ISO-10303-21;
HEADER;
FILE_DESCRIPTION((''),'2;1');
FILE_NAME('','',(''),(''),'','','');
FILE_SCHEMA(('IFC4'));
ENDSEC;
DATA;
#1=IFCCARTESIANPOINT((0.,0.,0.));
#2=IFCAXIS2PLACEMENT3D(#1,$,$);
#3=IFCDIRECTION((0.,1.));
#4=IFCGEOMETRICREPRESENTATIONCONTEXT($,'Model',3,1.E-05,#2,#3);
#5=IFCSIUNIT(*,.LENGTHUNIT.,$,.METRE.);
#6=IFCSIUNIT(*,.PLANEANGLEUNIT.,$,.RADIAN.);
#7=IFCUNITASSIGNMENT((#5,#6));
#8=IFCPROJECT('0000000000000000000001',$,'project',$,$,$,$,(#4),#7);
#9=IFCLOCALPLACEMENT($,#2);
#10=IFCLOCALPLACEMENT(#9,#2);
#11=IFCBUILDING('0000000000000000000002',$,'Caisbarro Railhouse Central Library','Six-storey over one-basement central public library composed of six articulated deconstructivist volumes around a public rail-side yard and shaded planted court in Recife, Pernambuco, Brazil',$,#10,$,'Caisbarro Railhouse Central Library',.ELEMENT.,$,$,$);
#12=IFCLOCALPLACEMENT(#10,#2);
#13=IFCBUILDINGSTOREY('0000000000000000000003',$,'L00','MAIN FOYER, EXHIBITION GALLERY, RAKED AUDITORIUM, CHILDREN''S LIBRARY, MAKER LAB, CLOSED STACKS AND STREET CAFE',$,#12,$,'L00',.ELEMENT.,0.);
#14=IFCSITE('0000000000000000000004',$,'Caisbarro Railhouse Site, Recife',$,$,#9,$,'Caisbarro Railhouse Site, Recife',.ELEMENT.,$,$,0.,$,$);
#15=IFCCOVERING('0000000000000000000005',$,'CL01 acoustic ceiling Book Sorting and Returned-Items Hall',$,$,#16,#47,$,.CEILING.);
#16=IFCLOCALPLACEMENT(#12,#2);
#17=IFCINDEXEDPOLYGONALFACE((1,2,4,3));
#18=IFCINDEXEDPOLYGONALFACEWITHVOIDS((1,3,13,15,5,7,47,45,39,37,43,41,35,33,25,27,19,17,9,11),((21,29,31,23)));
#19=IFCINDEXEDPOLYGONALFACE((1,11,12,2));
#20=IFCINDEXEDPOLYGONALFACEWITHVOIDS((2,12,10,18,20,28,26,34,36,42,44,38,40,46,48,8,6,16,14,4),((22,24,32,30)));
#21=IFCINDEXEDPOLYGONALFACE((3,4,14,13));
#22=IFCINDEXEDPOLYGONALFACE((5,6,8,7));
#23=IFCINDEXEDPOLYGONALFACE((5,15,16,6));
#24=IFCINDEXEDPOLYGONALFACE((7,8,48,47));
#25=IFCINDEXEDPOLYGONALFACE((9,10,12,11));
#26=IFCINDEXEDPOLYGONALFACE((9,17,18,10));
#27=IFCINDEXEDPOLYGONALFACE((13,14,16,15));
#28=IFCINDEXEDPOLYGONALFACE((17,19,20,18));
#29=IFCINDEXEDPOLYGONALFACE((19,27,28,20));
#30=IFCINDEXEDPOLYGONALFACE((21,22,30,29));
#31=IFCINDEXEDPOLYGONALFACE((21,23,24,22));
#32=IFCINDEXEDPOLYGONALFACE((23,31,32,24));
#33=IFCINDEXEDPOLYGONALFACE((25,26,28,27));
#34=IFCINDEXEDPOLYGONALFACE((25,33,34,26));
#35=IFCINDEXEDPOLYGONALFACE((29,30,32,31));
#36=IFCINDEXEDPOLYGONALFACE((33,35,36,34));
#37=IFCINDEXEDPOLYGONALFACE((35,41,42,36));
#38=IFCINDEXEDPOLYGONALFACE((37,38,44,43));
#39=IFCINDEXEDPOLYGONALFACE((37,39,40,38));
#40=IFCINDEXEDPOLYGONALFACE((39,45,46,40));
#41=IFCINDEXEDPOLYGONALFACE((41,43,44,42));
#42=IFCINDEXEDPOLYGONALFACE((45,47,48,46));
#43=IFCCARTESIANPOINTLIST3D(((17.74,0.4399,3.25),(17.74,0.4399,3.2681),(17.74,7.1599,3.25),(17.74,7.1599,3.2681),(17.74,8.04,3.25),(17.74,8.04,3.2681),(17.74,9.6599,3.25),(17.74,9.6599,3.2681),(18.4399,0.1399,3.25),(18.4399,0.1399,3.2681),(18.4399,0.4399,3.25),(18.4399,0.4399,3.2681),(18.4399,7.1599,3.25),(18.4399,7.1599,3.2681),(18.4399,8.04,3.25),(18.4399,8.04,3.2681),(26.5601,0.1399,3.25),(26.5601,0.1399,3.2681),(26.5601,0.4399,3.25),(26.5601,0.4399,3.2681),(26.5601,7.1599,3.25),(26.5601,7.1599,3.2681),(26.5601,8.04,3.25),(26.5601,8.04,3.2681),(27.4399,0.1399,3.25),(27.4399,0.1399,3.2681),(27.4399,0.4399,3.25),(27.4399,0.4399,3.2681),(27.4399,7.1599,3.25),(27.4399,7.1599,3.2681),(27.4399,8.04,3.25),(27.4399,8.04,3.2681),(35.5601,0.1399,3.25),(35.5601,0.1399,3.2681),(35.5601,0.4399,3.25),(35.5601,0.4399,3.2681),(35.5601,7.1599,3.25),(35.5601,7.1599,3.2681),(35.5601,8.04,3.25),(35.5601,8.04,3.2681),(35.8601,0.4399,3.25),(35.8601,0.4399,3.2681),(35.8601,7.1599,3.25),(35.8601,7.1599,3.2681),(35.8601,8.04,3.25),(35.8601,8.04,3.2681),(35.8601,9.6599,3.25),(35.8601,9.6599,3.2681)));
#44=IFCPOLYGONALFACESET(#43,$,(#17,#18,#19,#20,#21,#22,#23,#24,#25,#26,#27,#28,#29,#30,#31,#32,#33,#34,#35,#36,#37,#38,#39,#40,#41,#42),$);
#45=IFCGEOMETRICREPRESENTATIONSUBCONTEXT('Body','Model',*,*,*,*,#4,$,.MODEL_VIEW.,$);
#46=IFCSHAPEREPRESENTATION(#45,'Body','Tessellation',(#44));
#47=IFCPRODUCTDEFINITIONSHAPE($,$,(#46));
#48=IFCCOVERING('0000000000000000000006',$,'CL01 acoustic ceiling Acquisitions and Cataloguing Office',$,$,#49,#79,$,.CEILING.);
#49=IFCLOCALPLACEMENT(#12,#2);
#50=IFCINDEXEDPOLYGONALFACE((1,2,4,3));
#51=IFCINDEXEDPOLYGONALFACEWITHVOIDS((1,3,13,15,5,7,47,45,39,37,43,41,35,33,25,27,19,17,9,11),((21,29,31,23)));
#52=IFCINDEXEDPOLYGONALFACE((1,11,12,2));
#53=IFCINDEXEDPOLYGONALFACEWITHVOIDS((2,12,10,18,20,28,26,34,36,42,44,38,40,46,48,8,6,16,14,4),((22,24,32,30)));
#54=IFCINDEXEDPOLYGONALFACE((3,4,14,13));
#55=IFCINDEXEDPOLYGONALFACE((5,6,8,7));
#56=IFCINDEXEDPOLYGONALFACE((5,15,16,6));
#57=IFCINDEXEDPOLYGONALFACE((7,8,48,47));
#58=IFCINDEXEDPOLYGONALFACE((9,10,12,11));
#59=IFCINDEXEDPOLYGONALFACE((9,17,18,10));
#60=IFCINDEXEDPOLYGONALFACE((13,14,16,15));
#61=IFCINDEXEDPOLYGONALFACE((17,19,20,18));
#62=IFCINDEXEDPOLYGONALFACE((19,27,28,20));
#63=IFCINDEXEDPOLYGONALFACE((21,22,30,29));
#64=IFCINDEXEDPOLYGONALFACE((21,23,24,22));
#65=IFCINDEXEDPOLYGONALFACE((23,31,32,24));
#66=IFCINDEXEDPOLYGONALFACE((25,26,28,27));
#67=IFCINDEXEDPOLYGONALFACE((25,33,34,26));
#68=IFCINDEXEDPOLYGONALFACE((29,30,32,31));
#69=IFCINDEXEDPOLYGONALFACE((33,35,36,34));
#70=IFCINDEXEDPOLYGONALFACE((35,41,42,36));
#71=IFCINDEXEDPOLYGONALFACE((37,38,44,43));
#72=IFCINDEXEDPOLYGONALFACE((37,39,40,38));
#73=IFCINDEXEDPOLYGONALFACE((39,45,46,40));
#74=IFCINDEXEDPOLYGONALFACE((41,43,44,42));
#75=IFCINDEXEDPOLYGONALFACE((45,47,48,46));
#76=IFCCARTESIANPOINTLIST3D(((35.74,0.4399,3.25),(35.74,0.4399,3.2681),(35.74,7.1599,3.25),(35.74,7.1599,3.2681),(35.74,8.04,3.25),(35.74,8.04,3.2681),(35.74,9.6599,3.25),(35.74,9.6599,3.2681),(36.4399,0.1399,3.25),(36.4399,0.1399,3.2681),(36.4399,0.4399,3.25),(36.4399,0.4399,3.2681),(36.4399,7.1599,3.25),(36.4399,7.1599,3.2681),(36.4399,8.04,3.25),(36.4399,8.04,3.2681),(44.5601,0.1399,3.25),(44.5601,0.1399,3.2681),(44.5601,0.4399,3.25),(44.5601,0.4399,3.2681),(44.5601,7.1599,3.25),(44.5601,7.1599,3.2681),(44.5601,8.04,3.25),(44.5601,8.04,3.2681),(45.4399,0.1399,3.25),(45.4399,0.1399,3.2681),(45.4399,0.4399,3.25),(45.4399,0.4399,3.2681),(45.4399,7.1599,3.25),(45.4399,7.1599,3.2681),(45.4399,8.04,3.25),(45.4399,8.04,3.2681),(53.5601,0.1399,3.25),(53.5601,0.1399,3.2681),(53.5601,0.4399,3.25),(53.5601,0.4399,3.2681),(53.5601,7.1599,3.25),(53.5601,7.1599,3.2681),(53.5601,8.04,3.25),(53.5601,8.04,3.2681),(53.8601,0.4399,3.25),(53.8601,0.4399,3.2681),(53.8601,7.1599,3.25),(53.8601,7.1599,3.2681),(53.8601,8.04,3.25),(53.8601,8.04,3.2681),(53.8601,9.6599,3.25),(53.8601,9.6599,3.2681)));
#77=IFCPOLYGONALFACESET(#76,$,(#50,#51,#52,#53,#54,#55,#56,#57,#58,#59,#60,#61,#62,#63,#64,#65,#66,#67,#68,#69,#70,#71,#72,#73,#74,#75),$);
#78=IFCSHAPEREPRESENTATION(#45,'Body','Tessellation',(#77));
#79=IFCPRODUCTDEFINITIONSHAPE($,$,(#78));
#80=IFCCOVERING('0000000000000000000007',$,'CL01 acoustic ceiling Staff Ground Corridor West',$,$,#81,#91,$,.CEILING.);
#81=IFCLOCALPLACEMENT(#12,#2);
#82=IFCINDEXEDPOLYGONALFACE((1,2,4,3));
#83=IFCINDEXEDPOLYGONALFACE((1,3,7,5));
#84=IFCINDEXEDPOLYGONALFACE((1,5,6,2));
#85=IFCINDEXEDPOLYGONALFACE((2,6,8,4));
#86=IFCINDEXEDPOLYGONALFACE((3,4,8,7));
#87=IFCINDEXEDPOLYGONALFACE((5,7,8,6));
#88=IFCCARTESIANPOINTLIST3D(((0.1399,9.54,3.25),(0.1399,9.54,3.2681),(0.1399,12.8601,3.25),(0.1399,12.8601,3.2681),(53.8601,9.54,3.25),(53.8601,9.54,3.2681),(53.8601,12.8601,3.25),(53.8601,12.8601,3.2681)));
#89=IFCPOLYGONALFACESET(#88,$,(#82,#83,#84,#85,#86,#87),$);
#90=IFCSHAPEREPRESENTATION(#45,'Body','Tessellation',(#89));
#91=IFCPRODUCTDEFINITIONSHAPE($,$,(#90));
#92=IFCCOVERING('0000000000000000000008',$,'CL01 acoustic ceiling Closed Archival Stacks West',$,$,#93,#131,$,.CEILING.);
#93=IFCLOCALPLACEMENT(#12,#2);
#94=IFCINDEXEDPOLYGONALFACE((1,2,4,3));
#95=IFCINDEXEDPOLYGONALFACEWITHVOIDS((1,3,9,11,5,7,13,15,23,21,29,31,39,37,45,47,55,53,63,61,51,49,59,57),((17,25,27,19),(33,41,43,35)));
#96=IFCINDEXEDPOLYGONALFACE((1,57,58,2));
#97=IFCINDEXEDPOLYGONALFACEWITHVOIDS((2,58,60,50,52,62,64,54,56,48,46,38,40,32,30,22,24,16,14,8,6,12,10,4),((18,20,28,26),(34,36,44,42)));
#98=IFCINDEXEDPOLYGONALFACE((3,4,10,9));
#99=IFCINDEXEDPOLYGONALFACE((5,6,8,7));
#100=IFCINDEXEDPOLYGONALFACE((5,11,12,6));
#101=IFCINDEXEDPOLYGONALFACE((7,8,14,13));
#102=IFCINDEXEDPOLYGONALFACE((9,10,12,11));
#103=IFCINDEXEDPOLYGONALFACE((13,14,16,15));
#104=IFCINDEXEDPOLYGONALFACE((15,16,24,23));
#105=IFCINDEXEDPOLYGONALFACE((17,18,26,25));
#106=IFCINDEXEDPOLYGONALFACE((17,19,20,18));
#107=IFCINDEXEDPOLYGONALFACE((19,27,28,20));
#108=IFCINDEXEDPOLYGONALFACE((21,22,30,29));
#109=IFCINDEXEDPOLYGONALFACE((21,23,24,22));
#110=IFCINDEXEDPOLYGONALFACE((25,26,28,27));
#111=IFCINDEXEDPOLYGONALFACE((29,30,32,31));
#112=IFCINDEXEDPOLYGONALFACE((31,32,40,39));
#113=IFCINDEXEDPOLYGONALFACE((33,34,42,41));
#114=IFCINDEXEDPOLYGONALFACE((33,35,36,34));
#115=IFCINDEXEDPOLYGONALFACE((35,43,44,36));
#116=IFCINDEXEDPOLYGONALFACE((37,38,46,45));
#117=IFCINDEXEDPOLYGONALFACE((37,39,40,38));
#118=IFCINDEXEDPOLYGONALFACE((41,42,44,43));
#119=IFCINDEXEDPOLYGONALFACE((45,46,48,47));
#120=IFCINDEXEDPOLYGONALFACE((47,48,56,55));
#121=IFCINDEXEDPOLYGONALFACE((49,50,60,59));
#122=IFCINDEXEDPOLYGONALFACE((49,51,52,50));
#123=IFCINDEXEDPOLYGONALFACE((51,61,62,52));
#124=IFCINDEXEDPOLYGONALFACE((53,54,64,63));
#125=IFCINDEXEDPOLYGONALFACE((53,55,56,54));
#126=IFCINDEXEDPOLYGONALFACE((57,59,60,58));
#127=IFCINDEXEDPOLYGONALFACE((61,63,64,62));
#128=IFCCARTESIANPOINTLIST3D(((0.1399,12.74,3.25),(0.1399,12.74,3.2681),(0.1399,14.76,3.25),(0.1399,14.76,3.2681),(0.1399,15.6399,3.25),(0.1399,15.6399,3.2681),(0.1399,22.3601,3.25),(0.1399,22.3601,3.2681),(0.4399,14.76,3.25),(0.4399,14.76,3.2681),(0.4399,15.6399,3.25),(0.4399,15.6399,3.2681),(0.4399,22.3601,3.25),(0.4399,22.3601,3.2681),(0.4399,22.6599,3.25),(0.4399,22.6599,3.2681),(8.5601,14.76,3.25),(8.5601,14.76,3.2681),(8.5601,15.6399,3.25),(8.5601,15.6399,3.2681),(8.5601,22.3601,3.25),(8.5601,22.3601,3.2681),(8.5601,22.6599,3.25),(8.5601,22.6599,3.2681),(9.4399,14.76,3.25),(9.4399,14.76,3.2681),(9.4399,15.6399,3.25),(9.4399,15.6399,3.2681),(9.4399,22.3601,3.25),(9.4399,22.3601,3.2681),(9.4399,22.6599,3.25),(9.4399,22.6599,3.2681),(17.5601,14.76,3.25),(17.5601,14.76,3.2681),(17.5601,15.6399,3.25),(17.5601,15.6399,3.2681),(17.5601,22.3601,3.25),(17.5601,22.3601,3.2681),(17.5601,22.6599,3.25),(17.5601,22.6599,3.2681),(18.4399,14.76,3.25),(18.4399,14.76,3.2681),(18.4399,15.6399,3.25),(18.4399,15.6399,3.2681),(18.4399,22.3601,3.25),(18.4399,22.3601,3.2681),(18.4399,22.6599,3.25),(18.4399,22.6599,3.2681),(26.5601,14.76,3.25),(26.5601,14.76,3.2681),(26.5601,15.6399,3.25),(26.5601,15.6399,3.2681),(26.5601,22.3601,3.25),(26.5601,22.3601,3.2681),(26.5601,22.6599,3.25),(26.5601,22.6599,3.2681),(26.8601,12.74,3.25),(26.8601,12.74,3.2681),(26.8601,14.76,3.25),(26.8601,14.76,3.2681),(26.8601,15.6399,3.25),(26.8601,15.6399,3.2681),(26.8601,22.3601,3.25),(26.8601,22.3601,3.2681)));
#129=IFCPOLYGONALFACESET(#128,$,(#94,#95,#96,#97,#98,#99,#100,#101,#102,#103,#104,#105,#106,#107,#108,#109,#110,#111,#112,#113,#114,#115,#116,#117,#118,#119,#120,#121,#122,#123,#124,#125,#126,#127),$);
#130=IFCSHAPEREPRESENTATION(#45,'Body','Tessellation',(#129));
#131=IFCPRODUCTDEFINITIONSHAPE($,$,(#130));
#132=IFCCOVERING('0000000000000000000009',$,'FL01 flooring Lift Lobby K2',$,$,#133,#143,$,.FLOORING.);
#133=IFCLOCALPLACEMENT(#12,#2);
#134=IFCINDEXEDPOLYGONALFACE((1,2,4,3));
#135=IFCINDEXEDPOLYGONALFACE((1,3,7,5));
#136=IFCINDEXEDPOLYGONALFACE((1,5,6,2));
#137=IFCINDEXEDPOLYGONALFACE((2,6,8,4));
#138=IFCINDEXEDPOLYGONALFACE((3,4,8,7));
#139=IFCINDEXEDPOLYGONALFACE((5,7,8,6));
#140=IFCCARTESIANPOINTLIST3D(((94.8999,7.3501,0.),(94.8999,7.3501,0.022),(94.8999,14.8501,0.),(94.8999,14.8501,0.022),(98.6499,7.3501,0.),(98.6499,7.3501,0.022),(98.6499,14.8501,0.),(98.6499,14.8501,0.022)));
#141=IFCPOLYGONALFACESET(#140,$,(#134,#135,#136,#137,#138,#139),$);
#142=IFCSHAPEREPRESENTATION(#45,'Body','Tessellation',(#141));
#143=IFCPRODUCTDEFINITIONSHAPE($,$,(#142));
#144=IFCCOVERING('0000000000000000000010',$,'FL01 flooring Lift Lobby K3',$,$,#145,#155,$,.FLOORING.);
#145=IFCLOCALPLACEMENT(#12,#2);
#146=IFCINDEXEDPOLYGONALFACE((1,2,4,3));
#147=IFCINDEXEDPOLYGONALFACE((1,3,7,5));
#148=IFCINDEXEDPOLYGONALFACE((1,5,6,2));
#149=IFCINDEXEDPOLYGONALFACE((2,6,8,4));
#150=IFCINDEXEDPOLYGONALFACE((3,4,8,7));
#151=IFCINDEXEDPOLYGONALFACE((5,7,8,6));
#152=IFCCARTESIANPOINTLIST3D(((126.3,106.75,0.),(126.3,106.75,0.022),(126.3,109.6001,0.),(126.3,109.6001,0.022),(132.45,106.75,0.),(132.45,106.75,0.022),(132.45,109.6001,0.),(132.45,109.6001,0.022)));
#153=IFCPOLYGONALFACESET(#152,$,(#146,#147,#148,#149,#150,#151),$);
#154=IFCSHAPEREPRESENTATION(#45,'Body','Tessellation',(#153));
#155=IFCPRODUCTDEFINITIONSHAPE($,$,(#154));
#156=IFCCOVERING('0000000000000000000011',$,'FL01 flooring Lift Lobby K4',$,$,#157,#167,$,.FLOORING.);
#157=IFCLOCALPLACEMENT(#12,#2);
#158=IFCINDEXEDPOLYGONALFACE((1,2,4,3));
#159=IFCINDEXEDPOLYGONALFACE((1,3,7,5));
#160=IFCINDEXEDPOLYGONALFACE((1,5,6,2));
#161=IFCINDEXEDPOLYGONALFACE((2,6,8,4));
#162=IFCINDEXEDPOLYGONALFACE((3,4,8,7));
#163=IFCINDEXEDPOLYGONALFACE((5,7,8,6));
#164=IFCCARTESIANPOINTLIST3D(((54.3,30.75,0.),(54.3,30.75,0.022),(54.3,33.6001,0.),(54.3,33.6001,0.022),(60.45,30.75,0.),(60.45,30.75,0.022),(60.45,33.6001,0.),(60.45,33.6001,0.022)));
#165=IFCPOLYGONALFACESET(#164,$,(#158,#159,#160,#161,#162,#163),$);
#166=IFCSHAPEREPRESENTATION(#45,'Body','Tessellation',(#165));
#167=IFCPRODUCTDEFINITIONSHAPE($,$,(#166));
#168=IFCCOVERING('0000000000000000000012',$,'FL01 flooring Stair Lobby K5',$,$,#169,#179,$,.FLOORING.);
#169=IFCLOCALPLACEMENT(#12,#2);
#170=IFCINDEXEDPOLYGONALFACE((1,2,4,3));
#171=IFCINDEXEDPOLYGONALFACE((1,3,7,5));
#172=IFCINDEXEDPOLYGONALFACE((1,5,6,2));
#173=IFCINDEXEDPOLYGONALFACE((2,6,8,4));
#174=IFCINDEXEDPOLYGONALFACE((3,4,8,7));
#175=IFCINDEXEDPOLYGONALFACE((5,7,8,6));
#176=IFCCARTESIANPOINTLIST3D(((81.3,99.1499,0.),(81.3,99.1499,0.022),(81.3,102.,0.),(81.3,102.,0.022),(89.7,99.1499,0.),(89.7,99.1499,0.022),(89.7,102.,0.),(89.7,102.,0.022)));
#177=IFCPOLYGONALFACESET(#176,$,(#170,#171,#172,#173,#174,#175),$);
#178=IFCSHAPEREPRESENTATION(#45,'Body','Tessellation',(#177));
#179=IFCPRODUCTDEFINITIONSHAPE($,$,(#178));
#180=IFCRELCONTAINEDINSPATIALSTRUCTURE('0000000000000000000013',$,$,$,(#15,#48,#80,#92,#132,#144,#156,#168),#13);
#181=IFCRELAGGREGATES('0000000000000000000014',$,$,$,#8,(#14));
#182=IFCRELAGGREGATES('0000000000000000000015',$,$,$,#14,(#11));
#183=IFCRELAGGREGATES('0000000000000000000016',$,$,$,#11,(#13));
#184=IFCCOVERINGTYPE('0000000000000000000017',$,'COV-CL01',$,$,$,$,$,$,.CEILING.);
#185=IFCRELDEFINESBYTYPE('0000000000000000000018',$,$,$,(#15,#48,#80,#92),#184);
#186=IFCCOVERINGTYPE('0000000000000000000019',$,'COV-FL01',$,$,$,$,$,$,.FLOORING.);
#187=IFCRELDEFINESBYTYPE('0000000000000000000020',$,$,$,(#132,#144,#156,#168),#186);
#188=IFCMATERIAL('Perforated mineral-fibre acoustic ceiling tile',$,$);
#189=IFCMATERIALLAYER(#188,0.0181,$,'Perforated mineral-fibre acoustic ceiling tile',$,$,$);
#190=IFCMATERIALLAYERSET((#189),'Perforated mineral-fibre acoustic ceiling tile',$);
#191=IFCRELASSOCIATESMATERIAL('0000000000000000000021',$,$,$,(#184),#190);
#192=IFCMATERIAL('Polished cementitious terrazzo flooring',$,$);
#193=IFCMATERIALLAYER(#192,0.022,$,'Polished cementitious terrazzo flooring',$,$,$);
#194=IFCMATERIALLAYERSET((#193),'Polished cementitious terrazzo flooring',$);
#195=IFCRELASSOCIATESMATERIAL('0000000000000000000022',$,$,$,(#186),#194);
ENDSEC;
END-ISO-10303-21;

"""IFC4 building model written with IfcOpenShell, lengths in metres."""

from ifc_helpers import new_model, si_unit, direction, frame, origin, place, context, subcontext, project, spatial, polyline, outline, extrude, material, layer, layer_set, type_object, element, save


model = new_model("IFC4")

# Units and contexts
model_context = context("Model", 3, precision=1e-05, world=origin(), true_north=direction((0.0, 1.0)))
body_context = subcontext(model_context, "Body", "Model", "MODEL_VIEW")
ifc_project = project(units=[si_unit("LENGTHUNIT", "METRE"), si_unit("PLANEANGLEUNIT", "RADIAN")], contexts=[model_context])

# Site, building, storey
site_placement = place(None, origin())
site = spatial("IfcSite", under=ifc_project, at=site_placement, Name="Caisbarro Railhouse Site, Recife", LongName="Caisbarro Railhouse Site, Recife", CompositionType="ELEMENT", RefElevation=0.0)
building_placement = place(site_placement, origin())
building = spatial("IfcBuilding", under=site, at=building_placement, Name="Caisbarro Railhouse Central Library", Description="Six-storey over one-basement central public library composed of six articulated deconstructivist volumes around a public rail-side yard and shaded planted court in Recife, Pernambuco, Brazil", LongName="Caisbarro Railhouse Central Library", CompositionType="ELEMENT")
storey_placement = place(building_placement, origin())
storey = spatial("IfcBuildingStorey", under=building, at=storey_placement, Name="L00", Description="MAIN FOYER, EXHIBITION GALLERY, RAKED AUDITORIUM, CHILDREN'S LIBRARY, MAKER LAB, CLOSED STACKS AND STREET CAFE", LongName="L00", CompositionType="ELEMENT", Elevation=0.0)

# Coverings
ifc_material_1 = material(Name="Perforated mineral-fibre acoustic ceiling tile")
ifc_layer_1 = layer(ifc_material_1, 0.0181, Name="Perforated mineral-fibre acoustic ceiling tile")
ifc_layer_set_1 = layer_set([ifc_layer_1], Name="Perforated mineral-fibre acoustic ceiling tile")
covering_type_1 = type_object("IfcCoveringType", Name="COV-CL01", PredefinedType="CEILING", material=ifc_layer_set_1)
covering_1_placement = place(storey_placement, frame((0.0, 0.0, 3.25)))
element("IfcCovering", 1, at=covering_1_placement, inside=storey, type_object=covering_type_1, Name="CL01 acoustic ceiling Book Sorting and Returned-Items Hall", PredefinedType="CEILING", context=body_context, shape_type="SweptSolid", body=[
    extrude(outline(polyline([(26.5601, 0.4399), (26.5601, 0.1399), (18.4399, 0.1399), (18.4399, 0.4399), (17.74, 0.4399), (17.74, 7.1599), (18.4399, 7.1599), (18.4399, 8.04), (17.74, 8.04), (17.74, 9.6599), (35.8601, 9.6599), (35.8601, 8.04), (35.5601, 8.04), (35.5601, 7.1599), (35.8601, 7.1599), (35.8601, 0.4399), (35.5601, 0.4399), (35.5601, 0.1399), (27.4399, 0.1399), (27.4399, 0.4399), (26.5601, 0.4399)]), holes=[polyline([(26.5601, 7.1599), (27.4399, 7.1599), (27.4399, 8.04), (26.5601, 8.04), (26.5601, 7.1599)])]), origin(), (0.0, 0.0, 1.0), 0.0181),
])
covering_2_placement = place(storey_placement, frame((0.0, 0.0, 3.25)))
element("IfcCovering", 2, at=covering_2_placement, inside=storey, type_object=covering_type_1, Name="CL01 acoustic ceiling Acquisitions and Cataloguing Office", PredefinedType="CEILING", context=body_context, shape_type="SweptSolid", body=[
    extrude(outline(polyline([(44.5601, 0.4399), (44.5601, 0.1399), (36.4399, 0.1399), (36.4399, 0.4399), (35.74, 0.4399), (35.74, 7.1599), (36.4399, 7.1599), (36.4399, 8.04), (35.74, 8.04), (35.74, 9.6599), (53.8601, 9.6599), (53.8601, 8.04), (53.5601, 8.04), (53.5601, 7.1599), (53.8601, 7.1599), (53.8601, 0.4399), (53.5601, 0.4399), (53.5601, 0.1399), (45.4399, 0.1399), (45.4399, 0.4399), (44.5601, 0.4399)]), holes=[polyline([(44.5601, 7.1599), (45.4399, 7.1599), (45.4399, 8.04), (44.5601, 8.04), (44.5601, 7.1599)])]), origin(), (0.0, 0.0, 1.0), 0.0181),
])
covering_3_placement = place(storey_placement, frame((0.0, 0.0, 3.25)))
element("IfcCovering", 3, at=covering_3_placement, inside=storey, type_object=covering_type_1, Name="CL01 acoustic ceiling Staff Ground Corridor West", PredefinedType="CEILING", context=body_context, shape_type="SweptSolid", body=[
    extrude(outline(polyline([(0.1399, 9.54), (0.1399, 12.8601), (53.8601, 12.8601), (53.8601, 9.54), (0.1399, 9.54)])), origin(), (0.0, 0.0, 1.0), 0.0181),
])
covering_4_placement = place(storey_placement, frame((0.0, 0.0, 3.25)))
element("IfcCovering", 4, at=covering_4_placement, inside=storey, type_object=covering_type_1, Name="CL01 acoustic ceiling Closed Archival Stacks West", PredefinedType="CEILING", context=body_context, shape_type="SweptSolid", body=[
    extrude(outline(polyline([(8.5601, 22.6599), (8.5601, 22.3601), (9.4399, 22.3601), (9.4399, 22.6599), (17.5601, 22.6599), (17.5601, 22.3601), (18.4399, 22.3601), (18.4399, 22.6599), (26.5601, 22.6599), (26.5601, 22.3601), (26.8601, 22.3601), (26.8601, 15.6399), (26.5601, 15.6399), (26.5601, 14.76), (26.8601, 14.76), (26.8601, 12.74), (0.1399, 12.74), (0.1399, 14.76), (0.4399, 14.76), (0.4399, 15.6399), (0.1399, 15.6399), (0.1399, 22.3601), (0.4399, 22.3601), (0.4399, 22.6599), (8.5601, 22.6599)]), holes=[polyline([(8.5601, 15.6399), (8.5601, 14.76), (9.4399, 14.76), (9.4399, 15.6399), (8.5601, 15.6399)]), polyline([(18.4399, 14.76), (18.4399, 15.6399), (17.5601, 15.6399), (17.5601, 14.76), (18.4399, 14.76)])]), origin(), (0.0, 0.0, 1.0), 0.0181),
])
ifc_material_2 = material(Name="Polished cementitious terrazzo flooring")
ifc_layer_2 = layer(ifc_material_2, 0.022, Name="Polished cementitious terrazzo flooring")
ifc_layer_set_2 = layer_set([ifc_layer_2], Name="Polished cementitious terrazzo flooring")
covering_type_2 = type_object("IfcCoveringType", Name="COV-FL01", PredefinedType="FLOORING", material=ifc_layer_set_2)
covering_5_placement = place(storey_placement, origin())
element("IfcCovering", 5, at=covering_5_placement, inside=storey, type_object=covering_type_2, Name="FL01 flooring Lift Lobby K2", PredefinedType="FLOORING", context=body_context, shape_type="SweptSolid", body=[
    extrude(outline(polyline([(94.8999, 7.3501), (98.6499, 7.3501), (98.6499, 14.8501), (94.8999, 14.8501), (94.8999, 7.3501)])), origin(), (0.0, 0.0, 1.0), 0.022),
])
covering_6_placement = place(storey_placement, origin())
element("IfcCovering", 6, at=covering_6_placement, inside=storey, type_object=covering_type_2, Name="FL01 flooring Lift Lobby K3", PredefinedType="FLOORING", context=body_context, shape_type="SweptSolid", body=[
    extrude(outline(polyline([(126.3, 106.75), (132.45, 106.75), (132.45, 109.6001), (126.3, 109.6001), (126.3, 106.75)])), origin(), (0.0, 0.0, 1.0), 0.022),
])
covering_7_placement = place(storey_placement, origin())
element("IfcCovering", 7, at=covering_7_placement, inside=storey, type_object=covering_type_2, Name="FL01 flooring Lift Lobby K4", PredefinedType="FLOORING", context=body_context, shape_type="SweptSolid", body=[
    extrude(outline(polyline([(54.3, 30.75), (60.45, 30.75), (60.45, 33.6001), (54.3, 33.6001), (54.3, 30.75)])), origin(), (0.0, 0.0, 1.0), 0.022),
])
covering_8_placement = place(storey_placement, origin())
element("IfcCovering", 8, at=covering_8_placement, inside=storey, type_object=covering_type_2, Name="FL01 flooring Stair Lobby K5", PredefinedType="FLOORING", context=body_context, shape_type="SweptSolid", body=[
    extrude(outline(polyline([(81.3, 99.1499), (89.7, 99.1499), (89.7, 102.0), (81.3, 102.0), (81.3, 99.1499)])), origin(), (0.0, 0.0, 1.0), 0.022),
])

save(model, "model.ifc")
